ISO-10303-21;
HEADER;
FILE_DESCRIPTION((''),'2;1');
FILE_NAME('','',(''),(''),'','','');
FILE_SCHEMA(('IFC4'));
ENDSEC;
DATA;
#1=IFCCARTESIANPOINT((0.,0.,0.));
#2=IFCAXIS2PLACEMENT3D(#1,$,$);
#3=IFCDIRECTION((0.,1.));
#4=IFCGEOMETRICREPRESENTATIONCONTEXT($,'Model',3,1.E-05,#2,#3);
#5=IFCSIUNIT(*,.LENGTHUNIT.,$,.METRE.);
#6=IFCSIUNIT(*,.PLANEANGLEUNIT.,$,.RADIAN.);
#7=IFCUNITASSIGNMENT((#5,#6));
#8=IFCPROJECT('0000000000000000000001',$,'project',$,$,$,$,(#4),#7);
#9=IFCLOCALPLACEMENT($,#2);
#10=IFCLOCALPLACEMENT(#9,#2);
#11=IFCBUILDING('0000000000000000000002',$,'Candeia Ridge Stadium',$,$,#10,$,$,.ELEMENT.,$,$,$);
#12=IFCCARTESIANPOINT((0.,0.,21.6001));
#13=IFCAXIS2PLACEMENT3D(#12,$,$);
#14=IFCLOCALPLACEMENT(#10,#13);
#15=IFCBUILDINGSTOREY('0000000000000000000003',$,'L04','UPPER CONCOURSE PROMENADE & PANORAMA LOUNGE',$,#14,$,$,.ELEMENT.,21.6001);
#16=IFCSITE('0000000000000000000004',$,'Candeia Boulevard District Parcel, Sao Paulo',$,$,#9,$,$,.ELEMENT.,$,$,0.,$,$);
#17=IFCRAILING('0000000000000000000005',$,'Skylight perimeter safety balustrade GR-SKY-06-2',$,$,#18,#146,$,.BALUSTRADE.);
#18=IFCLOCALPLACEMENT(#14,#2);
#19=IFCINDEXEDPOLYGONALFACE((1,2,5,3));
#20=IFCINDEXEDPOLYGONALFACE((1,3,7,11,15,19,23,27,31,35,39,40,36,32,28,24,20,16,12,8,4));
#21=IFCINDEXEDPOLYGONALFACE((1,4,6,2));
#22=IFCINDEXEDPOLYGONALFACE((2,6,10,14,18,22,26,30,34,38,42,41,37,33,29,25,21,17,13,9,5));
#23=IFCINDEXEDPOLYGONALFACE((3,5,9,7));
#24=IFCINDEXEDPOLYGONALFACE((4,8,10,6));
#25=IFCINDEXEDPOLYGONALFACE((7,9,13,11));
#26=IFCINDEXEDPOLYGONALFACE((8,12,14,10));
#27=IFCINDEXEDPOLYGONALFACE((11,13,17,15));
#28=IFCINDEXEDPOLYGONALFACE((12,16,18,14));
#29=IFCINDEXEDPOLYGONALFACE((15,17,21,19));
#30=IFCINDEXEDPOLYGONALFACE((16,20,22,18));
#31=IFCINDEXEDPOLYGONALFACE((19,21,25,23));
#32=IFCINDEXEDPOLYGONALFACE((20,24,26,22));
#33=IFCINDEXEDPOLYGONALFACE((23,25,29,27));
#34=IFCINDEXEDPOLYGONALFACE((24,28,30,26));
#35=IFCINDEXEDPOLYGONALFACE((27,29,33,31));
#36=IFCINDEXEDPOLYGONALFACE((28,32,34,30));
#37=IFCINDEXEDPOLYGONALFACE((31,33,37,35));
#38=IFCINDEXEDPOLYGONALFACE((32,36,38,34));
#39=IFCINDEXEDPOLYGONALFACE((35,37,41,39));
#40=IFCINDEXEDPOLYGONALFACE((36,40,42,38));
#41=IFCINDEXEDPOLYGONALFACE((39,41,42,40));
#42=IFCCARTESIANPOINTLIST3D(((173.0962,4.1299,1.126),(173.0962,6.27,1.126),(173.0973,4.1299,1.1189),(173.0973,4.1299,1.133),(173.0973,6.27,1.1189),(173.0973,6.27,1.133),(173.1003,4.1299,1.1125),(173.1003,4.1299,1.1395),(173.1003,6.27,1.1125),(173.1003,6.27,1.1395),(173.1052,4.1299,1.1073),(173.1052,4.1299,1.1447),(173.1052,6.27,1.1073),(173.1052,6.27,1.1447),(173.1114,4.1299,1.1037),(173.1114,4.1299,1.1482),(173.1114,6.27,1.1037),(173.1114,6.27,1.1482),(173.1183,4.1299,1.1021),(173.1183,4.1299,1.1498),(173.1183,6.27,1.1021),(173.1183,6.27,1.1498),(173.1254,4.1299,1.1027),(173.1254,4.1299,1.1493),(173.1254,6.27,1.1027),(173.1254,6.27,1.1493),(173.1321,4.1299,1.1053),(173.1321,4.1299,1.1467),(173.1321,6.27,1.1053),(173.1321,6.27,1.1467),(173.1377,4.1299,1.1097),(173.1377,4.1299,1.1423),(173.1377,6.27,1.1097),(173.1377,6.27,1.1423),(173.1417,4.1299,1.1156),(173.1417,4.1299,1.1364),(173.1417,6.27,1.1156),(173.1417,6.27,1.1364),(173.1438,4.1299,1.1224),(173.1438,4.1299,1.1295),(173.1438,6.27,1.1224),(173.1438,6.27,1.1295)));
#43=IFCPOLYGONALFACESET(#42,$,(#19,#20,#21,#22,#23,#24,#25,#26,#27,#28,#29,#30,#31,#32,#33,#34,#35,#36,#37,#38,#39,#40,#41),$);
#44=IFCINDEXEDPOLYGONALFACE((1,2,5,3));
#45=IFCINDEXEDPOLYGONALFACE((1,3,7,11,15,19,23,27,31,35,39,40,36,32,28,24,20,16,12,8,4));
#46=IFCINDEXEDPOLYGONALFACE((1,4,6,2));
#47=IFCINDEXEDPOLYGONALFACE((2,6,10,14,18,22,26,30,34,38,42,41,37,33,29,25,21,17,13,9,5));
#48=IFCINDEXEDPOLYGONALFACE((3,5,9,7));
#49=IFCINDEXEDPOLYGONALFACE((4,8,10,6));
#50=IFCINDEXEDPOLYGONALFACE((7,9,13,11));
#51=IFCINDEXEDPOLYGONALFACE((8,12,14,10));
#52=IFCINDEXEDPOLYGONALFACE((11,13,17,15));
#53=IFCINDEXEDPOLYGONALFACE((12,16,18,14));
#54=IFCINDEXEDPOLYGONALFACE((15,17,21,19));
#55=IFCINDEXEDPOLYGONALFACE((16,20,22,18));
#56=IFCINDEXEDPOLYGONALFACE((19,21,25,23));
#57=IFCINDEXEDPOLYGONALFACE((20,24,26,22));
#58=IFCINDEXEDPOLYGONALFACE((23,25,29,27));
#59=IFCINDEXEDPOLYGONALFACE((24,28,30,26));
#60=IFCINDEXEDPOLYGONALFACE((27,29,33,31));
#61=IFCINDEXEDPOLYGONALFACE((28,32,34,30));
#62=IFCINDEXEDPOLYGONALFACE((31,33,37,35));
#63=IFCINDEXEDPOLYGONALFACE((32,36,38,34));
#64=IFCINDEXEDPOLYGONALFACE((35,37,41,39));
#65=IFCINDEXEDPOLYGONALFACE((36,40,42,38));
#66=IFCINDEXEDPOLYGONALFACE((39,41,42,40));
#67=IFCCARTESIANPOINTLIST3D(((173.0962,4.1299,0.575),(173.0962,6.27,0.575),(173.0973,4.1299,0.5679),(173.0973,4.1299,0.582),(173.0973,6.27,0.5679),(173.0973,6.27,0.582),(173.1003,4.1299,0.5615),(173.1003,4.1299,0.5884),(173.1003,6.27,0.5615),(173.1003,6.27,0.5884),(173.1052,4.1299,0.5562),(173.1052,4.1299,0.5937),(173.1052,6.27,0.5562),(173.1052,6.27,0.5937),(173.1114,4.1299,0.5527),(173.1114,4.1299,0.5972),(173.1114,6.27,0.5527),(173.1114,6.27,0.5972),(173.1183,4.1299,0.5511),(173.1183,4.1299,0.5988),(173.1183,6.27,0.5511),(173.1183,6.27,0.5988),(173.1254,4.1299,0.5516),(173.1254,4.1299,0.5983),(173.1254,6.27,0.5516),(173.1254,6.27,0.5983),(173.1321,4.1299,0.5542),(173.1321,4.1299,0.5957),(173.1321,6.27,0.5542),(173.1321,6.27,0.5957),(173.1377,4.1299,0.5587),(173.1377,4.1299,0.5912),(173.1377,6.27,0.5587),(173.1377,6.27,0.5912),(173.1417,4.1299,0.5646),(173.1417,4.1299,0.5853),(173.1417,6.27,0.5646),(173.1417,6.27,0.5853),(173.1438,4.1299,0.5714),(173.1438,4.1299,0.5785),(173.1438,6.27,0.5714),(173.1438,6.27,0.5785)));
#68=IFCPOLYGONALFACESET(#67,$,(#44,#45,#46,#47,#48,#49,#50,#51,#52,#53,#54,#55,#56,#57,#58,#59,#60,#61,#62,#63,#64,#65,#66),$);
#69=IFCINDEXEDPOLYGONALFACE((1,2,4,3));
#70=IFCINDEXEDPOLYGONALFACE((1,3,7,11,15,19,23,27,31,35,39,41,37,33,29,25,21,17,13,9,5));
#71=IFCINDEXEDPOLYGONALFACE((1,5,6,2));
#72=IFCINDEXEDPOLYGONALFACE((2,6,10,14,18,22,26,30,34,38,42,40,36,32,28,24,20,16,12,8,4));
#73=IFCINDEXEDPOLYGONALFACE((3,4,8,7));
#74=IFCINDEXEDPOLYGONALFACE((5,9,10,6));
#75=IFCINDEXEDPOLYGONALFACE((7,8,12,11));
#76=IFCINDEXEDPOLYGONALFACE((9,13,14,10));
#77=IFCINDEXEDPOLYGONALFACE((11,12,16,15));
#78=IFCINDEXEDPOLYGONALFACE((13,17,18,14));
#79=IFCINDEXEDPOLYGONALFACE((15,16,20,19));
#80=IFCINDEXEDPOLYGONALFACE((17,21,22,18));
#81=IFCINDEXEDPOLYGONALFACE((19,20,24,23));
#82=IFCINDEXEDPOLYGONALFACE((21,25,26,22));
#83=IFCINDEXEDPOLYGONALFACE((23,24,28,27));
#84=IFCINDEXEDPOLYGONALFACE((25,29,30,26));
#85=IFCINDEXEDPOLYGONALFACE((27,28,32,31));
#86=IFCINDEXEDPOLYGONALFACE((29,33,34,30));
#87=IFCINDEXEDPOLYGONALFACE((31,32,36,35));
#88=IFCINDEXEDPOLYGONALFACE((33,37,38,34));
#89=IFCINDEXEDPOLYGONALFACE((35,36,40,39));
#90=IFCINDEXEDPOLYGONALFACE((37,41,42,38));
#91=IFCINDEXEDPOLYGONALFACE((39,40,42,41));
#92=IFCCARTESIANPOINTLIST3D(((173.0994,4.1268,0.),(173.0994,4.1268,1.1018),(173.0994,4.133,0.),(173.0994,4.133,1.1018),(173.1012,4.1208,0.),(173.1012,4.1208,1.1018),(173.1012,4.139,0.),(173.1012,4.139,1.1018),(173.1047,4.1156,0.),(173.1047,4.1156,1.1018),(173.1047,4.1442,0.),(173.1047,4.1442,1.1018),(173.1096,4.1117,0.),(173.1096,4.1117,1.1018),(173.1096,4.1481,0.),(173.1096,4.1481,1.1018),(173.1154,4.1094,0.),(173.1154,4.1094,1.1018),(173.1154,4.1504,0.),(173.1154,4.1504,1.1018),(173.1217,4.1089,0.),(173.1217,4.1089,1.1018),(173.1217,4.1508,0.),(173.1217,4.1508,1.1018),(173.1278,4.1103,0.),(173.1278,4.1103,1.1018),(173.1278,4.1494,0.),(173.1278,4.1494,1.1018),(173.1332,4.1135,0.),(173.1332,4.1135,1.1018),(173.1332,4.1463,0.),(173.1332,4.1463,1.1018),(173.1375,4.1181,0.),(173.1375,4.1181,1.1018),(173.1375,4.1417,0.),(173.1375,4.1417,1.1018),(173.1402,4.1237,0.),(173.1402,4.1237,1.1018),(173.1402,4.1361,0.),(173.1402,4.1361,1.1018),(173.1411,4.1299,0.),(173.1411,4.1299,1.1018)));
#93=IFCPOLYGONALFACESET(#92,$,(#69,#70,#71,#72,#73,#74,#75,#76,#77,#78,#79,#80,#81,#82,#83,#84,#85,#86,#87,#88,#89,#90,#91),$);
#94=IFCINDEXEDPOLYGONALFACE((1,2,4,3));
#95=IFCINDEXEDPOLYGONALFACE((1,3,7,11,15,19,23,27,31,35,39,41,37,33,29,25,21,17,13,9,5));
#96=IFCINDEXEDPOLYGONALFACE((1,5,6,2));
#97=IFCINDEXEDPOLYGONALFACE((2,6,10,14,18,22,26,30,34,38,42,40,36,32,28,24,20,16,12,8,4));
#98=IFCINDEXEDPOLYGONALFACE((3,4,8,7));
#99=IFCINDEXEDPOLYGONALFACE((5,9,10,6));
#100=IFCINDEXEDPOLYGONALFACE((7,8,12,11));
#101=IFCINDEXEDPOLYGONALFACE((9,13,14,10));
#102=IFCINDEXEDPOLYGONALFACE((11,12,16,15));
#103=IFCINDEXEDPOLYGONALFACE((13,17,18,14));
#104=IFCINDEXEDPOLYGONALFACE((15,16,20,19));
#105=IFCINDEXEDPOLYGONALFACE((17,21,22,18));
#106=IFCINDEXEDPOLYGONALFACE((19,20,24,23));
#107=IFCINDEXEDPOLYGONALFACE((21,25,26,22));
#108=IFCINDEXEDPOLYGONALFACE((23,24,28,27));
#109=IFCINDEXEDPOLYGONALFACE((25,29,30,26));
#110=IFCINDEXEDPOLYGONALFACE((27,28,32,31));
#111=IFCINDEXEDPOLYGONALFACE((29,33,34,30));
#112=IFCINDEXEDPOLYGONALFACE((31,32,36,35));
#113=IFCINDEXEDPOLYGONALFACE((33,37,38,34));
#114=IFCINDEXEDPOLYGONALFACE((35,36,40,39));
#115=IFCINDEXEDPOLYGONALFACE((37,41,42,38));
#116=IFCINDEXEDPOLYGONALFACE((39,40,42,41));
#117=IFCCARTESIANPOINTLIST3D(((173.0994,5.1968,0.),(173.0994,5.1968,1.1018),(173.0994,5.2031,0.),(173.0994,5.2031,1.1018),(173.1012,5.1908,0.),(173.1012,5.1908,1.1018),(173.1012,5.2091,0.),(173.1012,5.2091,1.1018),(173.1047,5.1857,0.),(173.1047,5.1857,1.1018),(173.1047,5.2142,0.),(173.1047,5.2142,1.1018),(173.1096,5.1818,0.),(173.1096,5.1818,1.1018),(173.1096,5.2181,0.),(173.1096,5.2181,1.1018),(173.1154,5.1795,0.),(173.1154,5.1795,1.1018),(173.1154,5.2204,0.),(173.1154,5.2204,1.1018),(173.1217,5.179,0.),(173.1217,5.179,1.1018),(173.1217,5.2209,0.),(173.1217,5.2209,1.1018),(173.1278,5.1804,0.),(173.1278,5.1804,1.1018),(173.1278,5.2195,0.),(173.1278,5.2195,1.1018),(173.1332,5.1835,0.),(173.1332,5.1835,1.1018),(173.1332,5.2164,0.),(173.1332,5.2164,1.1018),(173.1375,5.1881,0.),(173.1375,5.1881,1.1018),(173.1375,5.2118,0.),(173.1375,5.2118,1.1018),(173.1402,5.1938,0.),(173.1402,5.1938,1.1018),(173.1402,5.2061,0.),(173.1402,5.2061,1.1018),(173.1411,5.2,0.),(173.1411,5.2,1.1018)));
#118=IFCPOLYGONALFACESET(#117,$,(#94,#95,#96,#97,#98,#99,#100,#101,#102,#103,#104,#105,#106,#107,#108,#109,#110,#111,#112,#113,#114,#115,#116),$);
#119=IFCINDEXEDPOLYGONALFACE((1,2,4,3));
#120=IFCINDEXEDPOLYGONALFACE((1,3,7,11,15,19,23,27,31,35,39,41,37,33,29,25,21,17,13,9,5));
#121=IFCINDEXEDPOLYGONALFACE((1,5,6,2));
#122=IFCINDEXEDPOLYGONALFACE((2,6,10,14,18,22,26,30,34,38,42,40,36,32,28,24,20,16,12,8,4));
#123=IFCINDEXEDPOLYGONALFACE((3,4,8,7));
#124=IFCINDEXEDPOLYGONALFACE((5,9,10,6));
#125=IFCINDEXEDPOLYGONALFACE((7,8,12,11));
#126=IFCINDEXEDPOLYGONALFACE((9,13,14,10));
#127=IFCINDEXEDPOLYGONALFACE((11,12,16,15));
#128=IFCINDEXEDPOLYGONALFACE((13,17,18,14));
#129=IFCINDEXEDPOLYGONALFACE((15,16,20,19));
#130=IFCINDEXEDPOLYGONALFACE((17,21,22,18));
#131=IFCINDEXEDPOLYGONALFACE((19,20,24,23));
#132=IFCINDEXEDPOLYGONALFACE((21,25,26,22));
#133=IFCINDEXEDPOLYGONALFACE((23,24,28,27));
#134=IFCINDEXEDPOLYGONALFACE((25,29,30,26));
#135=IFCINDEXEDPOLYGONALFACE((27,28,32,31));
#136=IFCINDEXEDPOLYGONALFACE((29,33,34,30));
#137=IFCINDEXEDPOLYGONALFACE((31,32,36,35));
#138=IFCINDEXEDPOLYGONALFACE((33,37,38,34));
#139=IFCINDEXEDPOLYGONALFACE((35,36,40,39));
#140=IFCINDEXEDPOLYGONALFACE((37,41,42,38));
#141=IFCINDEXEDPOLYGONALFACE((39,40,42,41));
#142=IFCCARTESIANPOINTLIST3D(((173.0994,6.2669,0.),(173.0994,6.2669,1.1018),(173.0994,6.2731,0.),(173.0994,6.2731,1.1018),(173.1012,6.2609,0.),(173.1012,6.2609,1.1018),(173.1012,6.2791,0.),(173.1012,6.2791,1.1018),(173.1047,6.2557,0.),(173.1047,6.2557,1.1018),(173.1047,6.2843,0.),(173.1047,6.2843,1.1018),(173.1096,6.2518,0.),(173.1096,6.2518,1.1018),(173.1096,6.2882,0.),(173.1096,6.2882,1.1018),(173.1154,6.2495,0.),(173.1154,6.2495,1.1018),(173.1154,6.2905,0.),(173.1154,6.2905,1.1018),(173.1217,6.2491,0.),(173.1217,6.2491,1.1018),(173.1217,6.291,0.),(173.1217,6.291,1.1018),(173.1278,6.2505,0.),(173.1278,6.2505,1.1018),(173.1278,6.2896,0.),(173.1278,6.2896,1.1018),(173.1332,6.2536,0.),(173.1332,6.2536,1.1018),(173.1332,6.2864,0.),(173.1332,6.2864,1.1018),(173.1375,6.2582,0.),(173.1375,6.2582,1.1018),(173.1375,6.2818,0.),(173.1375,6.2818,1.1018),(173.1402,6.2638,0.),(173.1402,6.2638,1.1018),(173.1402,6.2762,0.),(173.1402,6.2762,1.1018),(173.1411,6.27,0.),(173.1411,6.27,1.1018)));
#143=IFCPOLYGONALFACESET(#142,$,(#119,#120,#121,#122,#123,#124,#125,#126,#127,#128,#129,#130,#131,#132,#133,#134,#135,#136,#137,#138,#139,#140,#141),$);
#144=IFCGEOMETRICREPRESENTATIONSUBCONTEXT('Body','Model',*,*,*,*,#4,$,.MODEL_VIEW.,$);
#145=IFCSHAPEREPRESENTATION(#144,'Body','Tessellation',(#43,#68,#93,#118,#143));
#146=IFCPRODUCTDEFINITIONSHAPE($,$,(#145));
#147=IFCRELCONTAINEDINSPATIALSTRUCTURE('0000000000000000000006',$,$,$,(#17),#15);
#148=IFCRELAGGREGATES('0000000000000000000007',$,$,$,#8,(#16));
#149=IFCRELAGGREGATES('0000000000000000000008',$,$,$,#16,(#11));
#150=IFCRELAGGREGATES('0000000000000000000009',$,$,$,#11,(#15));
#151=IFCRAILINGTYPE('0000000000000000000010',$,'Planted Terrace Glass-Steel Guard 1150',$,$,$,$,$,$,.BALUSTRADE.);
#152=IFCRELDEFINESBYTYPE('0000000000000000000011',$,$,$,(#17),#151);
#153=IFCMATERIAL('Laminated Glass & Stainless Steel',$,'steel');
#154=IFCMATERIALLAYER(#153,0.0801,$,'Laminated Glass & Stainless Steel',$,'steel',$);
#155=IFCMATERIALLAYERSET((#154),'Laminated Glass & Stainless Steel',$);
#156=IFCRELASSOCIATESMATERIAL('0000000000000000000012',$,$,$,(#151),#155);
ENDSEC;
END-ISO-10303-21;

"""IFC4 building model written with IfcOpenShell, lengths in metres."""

from ifc_helpers import new_model, si_unit, direction, frame, origin, origin_2d, place, context, subcontext, project, spatial, circle, extrude, material, layer, layer_set, type_object, element, save


model = new_model("IFC4")

# Units and contexts
model_context = context("Model", 3, precision=1e-05, world=origin(), true_north=direction((0.0, 1.0)))
body_context = subcontext(model_context, "Body", "Model", "MODEL_VIEW")
ifc_project = project(units=[si_unit("LENGTHUNIT", "METRE"), si_unit("PLANEANGLEUNIT", "RADIAN")], contexts=[model_context])

# Site, building, storey
site_placement = place(None, origin())
site = spatial("IfcSite", under=ifc_project, at=site_placement, Name="Candeia Boulevard District Parcel, Sao Paulo", CompositionType="ELEMENT", RefElevation=0.0)
building_placement = place(site_placement, origin())
building = spatial("IfcBuilding", under=site, at=building_placement, Name="Candeia Ridge Stadium", CompositionType="ELEMENT")
storey_placement = place(building_placement, frame((0.0, 0.0, 21.6001)))
storey = spatial("IfcBuildingStorey", under=building, at=storey_placement, Name="L04", Description="UPPER CONCOURSE PROMENADE & PANORAMA LOUNGE", CompositionType="ELEMENT", Elevation=21.6001)

# Railing
ifc_material_1 = material(Name="Laminated Glass & Stainless Steel", Category="steel")
ifc_layer_1 = layer(ifc_material_1, 0.0801, Name="Laminated Glass & Stainless Steel", Category="steel")
ifc_layer_set_1 = layer_set([ifc_layer_1], Name="Laminated Glass & Stainless Steel")
railing_type_1 = type_object("IfcRailingType", Name="Planted Terrace Glass-Steel Guard 1150", PredefinedType="BALUSTRADE", material=ifc_layer_set_1)
railing_1_placement = place(storey_placement, frame((173.1201, 4.1299, 0.0)))
element("IfcRailing", 1, at=railing_1_placement, inside=storey, type_object=railing_type_1, Name="Skylight perimeter safety balustrade GR-SKY-06-2", PredefinedType="BALUSTRADE", context=body_context, shape_type="SweptSolid", body=[
    extrude(circle(Radius=0.0239, at=origin_2d()), frame((0.0, 0.0, 1.126), z_axis=(0.0, 1.0, 0.0), x_axis=(-1.0, 0.0, 0.0)), (0.0, 0.0, 1.0), 2.1401),
    extrude(circle(Radius=0.0239, at=origin_2d()), frame((0.0, 0.0, 0.575), z_axis=(0.0, 1.0, 0.0), x_axis=(-1.0, 0.0, 0.0)), (0.0, 0.0, 1.0), 2.1401),
    extrude(circle(Radius=0.021, at=origin_2d()), origin(), (0.0, 0.0, 1.0), 1.1018),
    extrude(circle(Radius=0.021, at=origin_2d()), frame((0.0, 1.0701, 0.0)), (0.0, 0.0, 1.0), 1.1018),
    extrude(circle(Radius=0.021, at=origin_2d()), frame((0.0, 2.1401, 0.0)), (0.0, 0.0, 1.0), 1.1018),
])

save(model, "model.ifc")
